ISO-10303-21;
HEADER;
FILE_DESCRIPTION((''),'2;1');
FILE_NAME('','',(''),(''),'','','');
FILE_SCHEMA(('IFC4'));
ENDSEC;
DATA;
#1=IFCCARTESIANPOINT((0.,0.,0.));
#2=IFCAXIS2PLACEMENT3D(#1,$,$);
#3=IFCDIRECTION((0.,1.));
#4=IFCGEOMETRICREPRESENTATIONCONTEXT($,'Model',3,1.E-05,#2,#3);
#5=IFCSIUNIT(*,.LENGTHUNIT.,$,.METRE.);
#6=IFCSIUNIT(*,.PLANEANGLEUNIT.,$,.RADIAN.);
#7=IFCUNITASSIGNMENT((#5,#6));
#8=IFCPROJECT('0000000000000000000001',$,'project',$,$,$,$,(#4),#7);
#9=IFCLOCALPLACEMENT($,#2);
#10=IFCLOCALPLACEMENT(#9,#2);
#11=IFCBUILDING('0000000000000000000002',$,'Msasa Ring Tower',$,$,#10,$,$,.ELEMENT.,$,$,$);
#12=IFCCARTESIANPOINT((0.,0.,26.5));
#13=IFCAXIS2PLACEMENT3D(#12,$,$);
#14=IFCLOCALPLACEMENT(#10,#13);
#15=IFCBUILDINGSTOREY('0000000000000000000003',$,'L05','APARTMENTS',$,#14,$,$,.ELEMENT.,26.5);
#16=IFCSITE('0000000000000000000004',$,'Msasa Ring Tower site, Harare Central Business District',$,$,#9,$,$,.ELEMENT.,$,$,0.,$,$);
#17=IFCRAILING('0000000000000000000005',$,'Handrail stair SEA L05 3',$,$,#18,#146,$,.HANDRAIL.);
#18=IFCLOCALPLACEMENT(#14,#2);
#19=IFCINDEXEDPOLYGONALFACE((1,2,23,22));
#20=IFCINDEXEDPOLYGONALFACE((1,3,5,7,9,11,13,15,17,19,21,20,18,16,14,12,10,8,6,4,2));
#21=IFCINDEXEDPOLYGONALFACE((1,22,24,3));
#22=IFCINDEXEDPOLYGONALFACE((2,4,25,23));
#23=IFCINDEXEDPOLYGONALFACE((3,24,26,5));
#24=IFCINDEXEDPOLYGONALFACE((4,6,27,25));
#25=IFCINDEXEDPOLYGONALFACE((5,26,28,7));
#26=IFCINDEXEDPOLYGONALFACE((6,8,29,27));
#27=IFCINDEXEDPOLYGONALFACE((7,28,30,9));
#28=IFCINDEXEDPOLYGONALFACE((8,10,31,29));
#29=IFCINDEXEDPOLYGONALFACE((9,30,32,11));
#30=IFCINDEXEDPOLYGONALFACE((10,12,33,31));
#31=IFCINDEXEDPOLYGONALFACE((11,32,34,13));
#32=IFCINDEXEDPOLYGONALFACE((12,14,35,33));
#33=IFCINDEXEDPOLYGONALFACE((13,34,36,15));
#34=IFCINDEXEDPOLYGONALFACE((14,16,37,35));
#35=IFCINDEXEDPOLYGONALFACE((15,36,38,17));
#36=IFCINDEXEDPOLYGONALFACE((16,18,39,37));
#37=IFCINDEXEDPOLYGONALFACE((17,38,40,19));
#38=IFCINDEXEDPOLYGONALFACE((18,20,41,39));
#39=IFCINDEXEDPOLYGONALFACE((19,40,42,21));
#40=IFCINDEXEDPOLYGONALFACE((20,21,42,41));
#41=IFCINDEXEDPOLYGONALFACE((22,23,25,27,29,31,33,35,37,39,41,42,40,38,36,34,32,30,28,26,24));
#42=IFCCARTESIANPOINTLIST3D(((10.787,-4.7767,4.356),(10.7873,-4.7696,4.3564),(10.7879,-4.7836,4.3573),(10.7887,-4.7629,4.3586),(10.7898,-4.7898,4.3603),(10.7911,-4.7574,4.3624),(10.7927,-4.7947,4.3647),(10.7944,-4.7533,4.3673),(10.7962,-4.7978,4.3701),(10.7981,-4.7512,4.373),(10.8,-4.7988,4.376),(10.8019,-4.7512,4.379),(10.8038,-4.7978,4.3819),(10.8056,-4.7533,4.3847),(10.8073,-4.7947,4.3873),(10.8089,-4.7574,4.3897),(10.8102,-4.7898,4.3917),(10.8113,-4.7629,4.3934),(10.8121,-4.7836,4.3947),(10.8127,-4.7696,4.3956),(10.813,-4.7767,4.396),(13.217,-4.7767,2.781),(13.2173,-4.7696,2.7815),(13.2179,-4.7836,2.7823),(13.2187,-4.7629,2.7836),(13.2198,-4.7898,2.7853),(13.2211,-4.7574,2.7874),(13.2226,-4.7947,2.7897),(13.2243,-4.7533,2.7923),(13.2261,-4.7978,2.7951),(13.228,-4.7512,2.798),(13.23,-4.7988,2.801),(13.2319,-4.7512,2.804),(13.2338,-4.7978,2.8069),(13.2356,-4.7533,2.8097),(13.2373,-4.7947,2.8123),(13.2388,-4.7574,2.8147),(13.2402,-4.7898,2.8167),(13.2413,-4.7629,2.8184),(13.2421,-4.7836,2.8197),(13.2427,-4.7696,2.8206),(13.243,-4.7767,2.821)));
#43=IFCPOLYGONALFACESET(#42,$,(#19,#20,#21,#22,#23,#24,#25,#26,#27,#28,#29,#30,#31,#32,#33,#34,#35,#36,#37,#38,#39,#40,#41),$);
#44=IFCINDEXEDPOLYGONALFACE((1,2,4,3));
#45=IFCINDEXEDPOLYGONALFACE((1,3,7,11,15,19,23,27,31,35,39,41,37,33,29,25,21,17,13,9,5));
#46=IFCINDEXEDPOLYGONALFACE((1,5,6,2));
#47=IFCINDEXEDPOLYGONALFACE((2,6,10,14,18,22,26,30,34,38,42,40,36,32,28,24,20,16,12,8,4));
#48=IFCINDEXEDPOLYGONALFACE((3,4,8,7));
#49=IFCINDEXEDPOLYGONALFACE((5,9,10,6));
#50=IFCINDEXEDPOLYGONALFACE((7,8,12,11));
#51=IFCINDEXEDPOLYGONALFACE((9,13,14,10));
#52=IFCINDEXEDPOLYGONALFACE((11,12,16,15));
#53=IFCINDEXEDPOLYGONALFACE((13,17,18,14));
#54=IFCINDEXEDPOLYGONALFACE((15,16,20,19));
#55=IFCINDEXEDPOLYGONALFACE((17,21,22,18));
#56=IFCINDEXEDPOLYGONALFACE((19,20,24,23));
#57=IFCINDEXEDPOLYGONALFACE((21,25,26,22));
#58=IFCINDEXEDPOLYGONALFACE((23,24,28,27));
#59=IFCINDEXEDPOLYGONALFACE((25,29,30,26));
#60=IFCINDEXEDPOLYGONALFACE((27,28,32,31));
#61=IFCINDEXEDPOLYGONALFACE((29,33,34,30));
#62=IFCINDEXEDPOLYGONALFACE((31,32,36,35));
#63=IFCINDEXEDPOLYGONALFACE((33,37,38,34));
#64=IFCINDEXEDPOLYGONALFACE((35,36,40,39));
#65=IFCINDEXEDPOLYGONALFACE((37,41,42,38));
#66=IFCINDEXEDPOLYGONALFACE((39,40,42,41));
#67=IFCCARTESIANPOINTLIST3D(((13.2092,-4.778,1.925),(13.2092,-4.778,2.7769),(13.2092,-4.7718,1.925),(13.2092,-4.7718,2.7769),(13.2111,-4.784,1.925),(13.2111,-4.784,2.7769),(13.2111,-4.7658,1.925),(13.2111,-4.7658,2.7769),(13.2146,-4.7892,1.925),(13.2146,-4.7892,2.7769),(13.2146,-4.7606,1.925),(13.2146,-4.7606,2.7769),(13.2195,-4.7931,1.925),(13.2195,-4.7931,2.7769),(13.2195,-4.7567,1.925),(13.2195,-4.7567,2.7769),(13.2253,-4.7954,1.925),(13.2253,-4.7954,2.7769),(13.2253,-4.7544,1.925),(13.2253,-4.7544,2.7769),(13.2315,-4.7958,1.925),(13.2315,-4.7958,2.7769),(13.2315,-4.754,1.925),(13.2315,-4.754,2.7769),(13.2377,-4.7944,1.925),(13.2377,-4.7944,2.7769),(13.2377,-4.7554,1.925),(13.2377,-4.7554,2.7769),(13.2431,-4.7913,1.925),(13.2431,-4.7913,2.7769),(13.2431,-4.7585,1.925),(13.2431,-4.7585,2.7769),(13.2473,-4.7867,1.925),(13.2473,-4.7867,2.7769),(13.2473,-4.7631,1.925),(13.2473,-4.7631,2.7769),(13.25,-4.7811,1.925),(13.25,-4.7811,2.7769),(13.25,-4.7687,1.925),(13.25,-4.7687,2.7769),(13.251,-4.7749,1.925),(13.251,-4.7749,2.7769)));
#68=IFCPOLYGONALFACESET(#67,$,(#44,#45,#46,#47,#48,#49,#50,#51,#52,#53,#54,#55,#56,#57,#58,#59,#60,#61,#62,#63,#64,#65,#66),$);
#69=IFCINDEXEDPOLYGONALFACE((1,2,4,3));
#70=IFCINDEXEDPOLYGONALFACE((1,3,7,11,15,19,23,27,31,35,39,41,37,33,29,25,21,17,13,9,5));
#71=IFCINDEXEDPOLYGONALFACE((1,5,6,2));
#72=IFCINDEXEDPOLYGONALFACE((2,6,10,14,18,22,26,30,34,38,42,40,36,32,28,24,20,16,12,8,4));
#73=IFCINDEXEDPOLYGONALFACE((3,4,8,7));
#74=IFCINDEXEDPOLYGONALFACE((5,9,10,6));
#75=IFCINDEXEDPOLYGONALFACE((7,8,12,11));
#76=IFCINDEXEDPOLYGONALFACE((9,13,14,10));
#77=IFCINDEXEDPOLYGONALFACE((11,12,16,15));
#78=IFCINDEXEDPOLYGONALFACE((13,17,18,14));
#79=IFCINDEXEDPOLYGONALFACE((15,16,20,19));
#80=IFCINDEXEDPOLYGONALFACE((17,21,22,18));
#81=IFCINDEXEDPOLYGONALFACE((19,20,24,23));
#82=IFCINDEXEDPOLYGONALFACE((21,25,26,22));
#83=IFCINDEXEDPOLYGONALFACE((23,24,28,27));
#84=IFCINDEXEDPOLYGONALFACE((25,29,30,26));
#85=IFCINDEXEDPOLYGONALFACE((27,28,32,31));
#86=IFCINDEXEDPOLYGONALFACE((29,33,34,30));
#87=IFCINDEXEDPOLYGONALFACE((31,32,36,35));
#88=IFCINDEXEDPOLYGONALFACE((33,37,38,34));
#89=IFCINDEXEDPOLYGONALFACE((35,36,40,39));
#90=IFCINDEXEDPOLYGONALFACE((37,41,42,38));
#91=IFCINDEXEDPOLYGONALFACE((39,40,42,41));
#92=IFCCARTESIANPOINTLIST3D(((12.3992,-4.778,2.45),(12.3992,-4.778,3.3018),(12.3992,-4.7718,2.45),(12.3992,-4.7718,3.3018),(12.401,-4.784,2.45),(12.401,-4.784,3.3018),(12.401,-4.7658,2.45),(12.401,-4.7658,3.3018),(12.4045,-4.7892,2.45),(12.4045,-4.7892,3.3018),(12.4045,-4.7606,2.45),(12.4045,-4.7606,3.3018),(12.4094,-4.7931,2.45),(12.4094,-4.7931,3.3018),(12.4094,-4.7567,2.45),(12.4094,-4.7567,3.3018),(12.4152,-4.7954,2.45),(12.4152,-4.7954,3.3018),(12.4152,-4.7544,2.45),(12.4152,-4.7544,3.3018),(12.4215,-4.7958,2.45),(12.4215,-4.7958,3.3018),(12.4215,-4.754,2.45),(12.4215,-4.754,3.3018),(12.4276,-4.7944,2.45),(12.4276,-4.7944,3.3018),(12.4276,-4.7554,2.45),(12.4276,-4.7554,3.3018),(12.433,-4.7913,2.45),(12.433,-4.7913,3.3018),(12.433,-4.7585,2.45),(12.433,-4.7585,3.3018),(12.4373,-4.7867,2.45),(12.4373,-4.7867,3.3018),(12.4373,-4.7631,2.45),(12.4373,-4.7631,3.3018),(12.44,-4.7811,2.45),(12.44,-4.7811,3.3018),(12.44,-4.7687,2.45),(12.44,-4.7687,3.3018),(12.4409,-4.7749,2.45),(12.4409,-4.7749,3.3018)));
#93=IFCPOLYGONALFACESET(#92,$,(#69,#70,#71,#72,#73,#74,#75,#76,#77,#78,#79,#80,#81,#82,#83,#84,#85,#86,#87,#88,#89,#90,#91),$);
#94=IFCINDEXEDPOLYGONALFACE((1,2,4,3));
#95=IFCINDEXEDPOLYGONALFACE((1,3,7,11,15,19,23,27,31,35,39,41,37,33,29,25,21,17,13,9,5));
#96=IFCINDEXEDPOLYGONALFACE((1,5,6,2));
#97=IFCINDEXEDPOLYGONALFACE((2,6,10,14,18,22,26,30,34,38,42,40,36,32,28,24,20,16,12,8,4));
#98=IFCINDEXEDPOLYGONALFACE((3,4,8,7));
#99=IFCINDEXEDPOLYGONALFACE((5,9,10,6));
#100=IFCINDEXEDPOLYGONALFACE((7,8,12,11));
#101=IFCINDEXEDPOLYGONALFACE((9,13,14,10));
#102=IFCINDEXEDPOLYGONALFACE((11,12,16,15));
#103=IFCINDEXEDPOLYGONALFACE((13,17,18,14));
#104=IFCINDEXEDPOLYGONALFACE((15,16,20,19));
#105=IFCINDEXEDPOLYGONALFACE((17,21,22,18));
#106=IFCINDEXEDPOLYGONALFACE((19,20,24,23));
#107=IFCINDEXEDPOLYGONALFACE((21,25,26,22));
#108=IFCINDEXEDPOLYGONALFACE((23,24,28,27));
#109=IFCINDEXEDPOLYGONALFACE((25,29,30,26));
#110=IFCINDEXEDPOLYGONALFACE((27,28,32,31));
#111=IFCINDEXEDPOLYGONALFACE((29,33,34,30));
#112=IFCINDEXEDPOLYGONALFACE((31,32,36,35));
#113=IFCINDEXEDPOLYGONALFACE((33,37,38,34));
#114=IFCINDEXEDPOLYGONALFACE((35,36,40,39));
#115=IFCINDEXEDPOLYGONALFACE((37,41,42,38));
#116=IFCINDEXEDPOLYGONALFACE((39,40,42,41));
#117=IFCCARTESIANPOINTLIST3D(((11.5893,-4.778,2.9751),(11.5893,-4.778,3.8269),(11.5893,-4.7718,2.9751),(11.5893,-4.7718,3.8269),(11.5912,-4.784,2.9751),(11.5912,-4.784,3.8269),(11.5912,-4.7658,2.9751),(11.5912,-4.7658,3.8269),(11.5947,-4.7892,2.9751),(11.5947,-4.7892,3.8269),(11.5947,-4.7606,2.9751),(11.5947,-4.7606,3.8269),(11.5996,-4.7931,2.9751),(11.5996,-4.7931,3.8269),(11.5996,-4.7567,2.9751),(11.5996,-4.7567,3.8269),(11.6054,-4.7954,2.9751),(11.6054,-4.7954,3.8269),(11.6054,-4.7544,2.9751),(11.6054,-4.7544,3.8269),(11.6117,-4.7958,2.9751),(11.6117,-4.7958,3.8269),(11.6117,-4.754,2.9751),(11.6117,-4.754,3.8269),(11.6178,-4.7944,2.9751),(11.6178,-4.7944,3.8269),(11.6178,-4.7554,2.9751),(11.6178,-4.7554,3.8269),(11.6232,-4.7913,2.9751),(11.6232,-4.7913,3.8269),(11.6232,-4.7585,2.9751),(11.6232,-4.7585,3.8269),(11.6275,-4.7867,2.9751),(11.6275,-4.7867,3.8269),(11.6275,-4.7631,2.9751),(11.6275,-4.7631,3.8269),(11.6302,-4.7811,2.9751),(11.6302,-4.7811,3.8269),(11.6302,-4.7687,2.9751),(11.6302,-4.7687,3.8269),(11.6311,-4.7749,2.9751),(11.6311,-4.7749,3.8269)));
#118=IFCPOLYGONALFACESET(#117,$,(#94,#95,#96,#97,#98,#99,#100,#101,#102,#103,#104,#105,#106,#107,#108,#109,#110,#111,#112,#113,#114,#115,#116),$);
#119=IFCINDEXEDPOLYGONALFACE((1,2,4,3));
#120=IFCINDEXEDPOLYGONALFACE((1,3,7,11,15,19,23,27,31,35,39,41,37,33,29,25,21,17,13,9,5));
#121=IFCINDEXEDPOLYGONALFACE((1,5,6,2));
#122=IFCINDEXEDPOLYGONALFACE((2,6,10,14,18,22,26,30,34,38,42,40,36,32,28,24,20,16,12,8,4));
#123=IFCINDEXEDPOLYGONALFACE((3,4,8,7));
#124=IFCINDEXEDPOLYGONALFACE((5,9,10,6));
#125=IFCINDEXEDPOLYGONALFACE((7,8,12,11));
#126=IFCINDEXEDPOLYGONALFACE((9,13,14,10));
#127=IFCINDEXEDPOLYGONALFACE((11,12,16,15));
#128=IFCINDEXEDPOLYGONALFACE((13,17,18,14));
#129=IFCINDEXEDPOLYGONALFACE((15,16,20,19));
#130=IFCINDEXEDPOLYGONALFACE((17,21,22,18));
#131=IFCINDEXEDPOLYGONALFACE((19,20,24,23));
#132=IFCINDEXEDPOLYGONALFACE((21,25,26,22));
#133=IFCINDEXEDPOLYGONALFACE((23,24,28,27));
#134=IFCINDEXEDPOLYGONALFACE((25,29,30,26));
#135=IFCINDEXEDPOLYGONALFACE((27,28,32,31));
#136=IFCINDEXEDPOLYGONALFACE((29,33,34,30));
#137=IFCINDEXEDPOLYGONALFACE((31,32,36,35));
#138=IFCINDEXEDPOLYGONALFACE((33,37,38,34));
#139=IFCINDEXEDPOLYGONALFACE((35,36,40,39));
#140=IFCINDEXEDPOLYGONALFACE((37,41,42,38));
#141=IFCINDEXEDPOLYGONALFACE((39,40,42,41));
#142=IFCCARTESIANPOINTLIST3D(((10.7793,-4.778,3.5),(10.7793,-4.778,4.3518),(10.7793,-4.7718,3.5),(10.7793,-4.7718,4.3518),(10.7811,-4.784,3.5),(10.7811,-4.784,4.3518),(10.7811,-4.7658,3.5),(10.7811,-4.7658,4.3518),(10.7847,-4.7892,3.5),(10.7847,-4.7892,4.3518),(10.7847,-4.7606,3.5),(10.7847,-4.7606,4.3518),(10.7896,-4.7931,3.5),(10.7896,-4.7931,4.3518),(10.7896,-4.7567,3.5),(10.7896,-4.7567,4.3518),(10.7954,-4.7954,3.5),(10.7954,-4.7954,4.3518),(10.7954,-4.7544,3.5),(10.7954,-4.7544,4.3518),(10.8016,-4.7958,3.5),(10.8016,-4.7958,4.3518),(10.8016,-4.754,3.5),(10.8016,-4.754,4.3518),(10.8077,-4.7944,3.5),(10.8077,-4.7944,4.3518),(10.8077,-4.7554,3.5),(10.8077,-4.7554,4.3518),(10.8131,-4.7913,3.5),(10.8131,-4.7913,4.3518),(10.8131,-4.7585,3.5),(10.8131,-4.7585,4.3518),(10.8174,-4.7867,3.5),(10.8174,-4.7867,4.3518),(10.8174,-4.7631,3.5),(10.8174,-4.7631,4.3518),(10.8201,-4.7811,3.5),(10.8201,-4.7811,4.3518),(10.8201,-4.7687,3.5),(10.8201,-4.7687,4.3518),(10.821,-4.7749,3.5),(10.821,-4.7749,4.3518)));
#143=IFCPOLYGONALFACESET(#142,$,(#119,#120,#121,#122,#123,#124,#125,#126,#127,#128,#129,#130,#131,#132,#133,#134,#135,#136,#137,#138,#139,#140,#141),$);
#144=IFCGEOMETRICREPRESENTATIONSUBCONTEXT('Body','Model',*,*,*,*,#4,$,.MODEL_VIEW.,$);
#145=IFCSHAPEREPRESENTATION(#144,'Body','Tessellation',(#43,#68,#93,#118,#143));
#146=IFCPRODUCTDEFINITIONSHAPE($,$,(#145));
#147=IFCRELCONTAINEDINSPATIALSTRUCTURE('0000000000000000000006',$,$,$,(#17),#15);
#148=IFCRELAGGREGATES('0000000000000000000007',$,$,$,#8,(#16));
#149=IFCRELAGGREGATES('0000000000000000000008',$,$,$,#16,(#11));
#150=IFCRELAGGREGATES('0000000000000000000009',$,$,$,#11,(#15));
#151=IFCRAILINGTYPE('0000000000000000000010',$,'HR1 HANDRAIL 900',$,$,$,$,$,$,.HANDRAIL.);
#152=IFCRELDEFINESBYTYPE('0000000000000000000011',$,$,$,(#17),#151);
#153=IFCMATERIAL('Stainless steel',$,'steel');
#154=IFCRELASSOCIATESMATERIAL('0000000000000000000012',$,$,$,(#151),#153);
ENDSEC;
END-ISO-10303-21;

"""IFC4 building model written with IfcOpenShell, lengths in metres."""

from ifc_helpers import new_model, si_unit, direction, frame, origin, origin_2d, place, context, subcontext, project, spatial, circle, extrude, material, type_object, element, save


model = new_model("IFC4")

# Units and contexts
model_context = context("Model", 3, precision=1e-05, world=origin(), true_north=direction((0.0, 1.0)))
body_context = subcontext(model_context, "Body", "Model", "MODEL_VIEW")
ifc_project = project(units=[si_unit("LENGTHUNIT", "METRE"), si_unit("PLANEANGLEUNIT", "RADIAN")], contexts=[model_context])

# Site, building, storey
site_placement = place(None, origin())
site = spatial("IfcSite", under=ifc_project, at=site_placement, Name="Msasa Ring Tower site, Harare Central Business District", CompositionType="ELEMENT", RefElevation=0.0)
building_placement = place(site_placement, origin())
building = spatial("IfcBuilding", under=site, at=building_placement, Name="Msasa Ring Tower", CompositionType="ELEMENT")
storey_placement = place(building_placement, frame((0.0, 0.0, 26.5)))
storey = spatial("IfcBuildingStorey", under=building, at=storey_placement, Name="L05", Description="APARTMENTS", CompositionType="ELEMENT", Elevation=26.5)

# Railing
ifc_material_1 = material(Name="Stainless steel", Category="steel")
railing_type = type_object("IfcRailingType", Name="HR1 HANDRAIL 900", PredefinedType="HANDRAIL", material=ifc_material_1)
for number, where, name in (
    (1, (13.23, -4.7749, 1.925), "Handrail stair SEA L05 3"),
):
    element("IfcRailing", number, at=place(storey_placement, frame(where)), inside=storey, type_object=railing_type, Name=name, PredefinedType="HANDRAIL", context=body_context, shape_type="SweptSolid", body=[
        extrude(circle(Radius=0.0239, at=origin_2d()), frame((0.0, 0.0, 0.876), z_axis=(-0.839154, 0.0, 0.543894), x_axis=(0.0, -1.0, 0.0)), (0.0, 0.0, 1.0), 2.8958),
        extrude(circle(Radius=0.021, at=origin_2d()), origin(), (0.0, 0.0, 1.0), 0.8518),
        extrude(circle(Radius=0.021, at=origin_2d()), frame((-0.8101, 0.0, 0.5249)), (0.0, 0.0, 1.0), 0.8518),
        extrude(circle(Radius=0.021, at=origin_2d()), frame((-1.6199, 0.0, 1.05)), (0.0, 0.0, 1.0), 0.8518),
        extrude(circle(Radius=0.021, at=origin_2d()), frame((-2.4299, 0.0, 1.575)), (0.0, 0.0, 1.0), 0.8518),
    ])

save(model, "model.ifc")
